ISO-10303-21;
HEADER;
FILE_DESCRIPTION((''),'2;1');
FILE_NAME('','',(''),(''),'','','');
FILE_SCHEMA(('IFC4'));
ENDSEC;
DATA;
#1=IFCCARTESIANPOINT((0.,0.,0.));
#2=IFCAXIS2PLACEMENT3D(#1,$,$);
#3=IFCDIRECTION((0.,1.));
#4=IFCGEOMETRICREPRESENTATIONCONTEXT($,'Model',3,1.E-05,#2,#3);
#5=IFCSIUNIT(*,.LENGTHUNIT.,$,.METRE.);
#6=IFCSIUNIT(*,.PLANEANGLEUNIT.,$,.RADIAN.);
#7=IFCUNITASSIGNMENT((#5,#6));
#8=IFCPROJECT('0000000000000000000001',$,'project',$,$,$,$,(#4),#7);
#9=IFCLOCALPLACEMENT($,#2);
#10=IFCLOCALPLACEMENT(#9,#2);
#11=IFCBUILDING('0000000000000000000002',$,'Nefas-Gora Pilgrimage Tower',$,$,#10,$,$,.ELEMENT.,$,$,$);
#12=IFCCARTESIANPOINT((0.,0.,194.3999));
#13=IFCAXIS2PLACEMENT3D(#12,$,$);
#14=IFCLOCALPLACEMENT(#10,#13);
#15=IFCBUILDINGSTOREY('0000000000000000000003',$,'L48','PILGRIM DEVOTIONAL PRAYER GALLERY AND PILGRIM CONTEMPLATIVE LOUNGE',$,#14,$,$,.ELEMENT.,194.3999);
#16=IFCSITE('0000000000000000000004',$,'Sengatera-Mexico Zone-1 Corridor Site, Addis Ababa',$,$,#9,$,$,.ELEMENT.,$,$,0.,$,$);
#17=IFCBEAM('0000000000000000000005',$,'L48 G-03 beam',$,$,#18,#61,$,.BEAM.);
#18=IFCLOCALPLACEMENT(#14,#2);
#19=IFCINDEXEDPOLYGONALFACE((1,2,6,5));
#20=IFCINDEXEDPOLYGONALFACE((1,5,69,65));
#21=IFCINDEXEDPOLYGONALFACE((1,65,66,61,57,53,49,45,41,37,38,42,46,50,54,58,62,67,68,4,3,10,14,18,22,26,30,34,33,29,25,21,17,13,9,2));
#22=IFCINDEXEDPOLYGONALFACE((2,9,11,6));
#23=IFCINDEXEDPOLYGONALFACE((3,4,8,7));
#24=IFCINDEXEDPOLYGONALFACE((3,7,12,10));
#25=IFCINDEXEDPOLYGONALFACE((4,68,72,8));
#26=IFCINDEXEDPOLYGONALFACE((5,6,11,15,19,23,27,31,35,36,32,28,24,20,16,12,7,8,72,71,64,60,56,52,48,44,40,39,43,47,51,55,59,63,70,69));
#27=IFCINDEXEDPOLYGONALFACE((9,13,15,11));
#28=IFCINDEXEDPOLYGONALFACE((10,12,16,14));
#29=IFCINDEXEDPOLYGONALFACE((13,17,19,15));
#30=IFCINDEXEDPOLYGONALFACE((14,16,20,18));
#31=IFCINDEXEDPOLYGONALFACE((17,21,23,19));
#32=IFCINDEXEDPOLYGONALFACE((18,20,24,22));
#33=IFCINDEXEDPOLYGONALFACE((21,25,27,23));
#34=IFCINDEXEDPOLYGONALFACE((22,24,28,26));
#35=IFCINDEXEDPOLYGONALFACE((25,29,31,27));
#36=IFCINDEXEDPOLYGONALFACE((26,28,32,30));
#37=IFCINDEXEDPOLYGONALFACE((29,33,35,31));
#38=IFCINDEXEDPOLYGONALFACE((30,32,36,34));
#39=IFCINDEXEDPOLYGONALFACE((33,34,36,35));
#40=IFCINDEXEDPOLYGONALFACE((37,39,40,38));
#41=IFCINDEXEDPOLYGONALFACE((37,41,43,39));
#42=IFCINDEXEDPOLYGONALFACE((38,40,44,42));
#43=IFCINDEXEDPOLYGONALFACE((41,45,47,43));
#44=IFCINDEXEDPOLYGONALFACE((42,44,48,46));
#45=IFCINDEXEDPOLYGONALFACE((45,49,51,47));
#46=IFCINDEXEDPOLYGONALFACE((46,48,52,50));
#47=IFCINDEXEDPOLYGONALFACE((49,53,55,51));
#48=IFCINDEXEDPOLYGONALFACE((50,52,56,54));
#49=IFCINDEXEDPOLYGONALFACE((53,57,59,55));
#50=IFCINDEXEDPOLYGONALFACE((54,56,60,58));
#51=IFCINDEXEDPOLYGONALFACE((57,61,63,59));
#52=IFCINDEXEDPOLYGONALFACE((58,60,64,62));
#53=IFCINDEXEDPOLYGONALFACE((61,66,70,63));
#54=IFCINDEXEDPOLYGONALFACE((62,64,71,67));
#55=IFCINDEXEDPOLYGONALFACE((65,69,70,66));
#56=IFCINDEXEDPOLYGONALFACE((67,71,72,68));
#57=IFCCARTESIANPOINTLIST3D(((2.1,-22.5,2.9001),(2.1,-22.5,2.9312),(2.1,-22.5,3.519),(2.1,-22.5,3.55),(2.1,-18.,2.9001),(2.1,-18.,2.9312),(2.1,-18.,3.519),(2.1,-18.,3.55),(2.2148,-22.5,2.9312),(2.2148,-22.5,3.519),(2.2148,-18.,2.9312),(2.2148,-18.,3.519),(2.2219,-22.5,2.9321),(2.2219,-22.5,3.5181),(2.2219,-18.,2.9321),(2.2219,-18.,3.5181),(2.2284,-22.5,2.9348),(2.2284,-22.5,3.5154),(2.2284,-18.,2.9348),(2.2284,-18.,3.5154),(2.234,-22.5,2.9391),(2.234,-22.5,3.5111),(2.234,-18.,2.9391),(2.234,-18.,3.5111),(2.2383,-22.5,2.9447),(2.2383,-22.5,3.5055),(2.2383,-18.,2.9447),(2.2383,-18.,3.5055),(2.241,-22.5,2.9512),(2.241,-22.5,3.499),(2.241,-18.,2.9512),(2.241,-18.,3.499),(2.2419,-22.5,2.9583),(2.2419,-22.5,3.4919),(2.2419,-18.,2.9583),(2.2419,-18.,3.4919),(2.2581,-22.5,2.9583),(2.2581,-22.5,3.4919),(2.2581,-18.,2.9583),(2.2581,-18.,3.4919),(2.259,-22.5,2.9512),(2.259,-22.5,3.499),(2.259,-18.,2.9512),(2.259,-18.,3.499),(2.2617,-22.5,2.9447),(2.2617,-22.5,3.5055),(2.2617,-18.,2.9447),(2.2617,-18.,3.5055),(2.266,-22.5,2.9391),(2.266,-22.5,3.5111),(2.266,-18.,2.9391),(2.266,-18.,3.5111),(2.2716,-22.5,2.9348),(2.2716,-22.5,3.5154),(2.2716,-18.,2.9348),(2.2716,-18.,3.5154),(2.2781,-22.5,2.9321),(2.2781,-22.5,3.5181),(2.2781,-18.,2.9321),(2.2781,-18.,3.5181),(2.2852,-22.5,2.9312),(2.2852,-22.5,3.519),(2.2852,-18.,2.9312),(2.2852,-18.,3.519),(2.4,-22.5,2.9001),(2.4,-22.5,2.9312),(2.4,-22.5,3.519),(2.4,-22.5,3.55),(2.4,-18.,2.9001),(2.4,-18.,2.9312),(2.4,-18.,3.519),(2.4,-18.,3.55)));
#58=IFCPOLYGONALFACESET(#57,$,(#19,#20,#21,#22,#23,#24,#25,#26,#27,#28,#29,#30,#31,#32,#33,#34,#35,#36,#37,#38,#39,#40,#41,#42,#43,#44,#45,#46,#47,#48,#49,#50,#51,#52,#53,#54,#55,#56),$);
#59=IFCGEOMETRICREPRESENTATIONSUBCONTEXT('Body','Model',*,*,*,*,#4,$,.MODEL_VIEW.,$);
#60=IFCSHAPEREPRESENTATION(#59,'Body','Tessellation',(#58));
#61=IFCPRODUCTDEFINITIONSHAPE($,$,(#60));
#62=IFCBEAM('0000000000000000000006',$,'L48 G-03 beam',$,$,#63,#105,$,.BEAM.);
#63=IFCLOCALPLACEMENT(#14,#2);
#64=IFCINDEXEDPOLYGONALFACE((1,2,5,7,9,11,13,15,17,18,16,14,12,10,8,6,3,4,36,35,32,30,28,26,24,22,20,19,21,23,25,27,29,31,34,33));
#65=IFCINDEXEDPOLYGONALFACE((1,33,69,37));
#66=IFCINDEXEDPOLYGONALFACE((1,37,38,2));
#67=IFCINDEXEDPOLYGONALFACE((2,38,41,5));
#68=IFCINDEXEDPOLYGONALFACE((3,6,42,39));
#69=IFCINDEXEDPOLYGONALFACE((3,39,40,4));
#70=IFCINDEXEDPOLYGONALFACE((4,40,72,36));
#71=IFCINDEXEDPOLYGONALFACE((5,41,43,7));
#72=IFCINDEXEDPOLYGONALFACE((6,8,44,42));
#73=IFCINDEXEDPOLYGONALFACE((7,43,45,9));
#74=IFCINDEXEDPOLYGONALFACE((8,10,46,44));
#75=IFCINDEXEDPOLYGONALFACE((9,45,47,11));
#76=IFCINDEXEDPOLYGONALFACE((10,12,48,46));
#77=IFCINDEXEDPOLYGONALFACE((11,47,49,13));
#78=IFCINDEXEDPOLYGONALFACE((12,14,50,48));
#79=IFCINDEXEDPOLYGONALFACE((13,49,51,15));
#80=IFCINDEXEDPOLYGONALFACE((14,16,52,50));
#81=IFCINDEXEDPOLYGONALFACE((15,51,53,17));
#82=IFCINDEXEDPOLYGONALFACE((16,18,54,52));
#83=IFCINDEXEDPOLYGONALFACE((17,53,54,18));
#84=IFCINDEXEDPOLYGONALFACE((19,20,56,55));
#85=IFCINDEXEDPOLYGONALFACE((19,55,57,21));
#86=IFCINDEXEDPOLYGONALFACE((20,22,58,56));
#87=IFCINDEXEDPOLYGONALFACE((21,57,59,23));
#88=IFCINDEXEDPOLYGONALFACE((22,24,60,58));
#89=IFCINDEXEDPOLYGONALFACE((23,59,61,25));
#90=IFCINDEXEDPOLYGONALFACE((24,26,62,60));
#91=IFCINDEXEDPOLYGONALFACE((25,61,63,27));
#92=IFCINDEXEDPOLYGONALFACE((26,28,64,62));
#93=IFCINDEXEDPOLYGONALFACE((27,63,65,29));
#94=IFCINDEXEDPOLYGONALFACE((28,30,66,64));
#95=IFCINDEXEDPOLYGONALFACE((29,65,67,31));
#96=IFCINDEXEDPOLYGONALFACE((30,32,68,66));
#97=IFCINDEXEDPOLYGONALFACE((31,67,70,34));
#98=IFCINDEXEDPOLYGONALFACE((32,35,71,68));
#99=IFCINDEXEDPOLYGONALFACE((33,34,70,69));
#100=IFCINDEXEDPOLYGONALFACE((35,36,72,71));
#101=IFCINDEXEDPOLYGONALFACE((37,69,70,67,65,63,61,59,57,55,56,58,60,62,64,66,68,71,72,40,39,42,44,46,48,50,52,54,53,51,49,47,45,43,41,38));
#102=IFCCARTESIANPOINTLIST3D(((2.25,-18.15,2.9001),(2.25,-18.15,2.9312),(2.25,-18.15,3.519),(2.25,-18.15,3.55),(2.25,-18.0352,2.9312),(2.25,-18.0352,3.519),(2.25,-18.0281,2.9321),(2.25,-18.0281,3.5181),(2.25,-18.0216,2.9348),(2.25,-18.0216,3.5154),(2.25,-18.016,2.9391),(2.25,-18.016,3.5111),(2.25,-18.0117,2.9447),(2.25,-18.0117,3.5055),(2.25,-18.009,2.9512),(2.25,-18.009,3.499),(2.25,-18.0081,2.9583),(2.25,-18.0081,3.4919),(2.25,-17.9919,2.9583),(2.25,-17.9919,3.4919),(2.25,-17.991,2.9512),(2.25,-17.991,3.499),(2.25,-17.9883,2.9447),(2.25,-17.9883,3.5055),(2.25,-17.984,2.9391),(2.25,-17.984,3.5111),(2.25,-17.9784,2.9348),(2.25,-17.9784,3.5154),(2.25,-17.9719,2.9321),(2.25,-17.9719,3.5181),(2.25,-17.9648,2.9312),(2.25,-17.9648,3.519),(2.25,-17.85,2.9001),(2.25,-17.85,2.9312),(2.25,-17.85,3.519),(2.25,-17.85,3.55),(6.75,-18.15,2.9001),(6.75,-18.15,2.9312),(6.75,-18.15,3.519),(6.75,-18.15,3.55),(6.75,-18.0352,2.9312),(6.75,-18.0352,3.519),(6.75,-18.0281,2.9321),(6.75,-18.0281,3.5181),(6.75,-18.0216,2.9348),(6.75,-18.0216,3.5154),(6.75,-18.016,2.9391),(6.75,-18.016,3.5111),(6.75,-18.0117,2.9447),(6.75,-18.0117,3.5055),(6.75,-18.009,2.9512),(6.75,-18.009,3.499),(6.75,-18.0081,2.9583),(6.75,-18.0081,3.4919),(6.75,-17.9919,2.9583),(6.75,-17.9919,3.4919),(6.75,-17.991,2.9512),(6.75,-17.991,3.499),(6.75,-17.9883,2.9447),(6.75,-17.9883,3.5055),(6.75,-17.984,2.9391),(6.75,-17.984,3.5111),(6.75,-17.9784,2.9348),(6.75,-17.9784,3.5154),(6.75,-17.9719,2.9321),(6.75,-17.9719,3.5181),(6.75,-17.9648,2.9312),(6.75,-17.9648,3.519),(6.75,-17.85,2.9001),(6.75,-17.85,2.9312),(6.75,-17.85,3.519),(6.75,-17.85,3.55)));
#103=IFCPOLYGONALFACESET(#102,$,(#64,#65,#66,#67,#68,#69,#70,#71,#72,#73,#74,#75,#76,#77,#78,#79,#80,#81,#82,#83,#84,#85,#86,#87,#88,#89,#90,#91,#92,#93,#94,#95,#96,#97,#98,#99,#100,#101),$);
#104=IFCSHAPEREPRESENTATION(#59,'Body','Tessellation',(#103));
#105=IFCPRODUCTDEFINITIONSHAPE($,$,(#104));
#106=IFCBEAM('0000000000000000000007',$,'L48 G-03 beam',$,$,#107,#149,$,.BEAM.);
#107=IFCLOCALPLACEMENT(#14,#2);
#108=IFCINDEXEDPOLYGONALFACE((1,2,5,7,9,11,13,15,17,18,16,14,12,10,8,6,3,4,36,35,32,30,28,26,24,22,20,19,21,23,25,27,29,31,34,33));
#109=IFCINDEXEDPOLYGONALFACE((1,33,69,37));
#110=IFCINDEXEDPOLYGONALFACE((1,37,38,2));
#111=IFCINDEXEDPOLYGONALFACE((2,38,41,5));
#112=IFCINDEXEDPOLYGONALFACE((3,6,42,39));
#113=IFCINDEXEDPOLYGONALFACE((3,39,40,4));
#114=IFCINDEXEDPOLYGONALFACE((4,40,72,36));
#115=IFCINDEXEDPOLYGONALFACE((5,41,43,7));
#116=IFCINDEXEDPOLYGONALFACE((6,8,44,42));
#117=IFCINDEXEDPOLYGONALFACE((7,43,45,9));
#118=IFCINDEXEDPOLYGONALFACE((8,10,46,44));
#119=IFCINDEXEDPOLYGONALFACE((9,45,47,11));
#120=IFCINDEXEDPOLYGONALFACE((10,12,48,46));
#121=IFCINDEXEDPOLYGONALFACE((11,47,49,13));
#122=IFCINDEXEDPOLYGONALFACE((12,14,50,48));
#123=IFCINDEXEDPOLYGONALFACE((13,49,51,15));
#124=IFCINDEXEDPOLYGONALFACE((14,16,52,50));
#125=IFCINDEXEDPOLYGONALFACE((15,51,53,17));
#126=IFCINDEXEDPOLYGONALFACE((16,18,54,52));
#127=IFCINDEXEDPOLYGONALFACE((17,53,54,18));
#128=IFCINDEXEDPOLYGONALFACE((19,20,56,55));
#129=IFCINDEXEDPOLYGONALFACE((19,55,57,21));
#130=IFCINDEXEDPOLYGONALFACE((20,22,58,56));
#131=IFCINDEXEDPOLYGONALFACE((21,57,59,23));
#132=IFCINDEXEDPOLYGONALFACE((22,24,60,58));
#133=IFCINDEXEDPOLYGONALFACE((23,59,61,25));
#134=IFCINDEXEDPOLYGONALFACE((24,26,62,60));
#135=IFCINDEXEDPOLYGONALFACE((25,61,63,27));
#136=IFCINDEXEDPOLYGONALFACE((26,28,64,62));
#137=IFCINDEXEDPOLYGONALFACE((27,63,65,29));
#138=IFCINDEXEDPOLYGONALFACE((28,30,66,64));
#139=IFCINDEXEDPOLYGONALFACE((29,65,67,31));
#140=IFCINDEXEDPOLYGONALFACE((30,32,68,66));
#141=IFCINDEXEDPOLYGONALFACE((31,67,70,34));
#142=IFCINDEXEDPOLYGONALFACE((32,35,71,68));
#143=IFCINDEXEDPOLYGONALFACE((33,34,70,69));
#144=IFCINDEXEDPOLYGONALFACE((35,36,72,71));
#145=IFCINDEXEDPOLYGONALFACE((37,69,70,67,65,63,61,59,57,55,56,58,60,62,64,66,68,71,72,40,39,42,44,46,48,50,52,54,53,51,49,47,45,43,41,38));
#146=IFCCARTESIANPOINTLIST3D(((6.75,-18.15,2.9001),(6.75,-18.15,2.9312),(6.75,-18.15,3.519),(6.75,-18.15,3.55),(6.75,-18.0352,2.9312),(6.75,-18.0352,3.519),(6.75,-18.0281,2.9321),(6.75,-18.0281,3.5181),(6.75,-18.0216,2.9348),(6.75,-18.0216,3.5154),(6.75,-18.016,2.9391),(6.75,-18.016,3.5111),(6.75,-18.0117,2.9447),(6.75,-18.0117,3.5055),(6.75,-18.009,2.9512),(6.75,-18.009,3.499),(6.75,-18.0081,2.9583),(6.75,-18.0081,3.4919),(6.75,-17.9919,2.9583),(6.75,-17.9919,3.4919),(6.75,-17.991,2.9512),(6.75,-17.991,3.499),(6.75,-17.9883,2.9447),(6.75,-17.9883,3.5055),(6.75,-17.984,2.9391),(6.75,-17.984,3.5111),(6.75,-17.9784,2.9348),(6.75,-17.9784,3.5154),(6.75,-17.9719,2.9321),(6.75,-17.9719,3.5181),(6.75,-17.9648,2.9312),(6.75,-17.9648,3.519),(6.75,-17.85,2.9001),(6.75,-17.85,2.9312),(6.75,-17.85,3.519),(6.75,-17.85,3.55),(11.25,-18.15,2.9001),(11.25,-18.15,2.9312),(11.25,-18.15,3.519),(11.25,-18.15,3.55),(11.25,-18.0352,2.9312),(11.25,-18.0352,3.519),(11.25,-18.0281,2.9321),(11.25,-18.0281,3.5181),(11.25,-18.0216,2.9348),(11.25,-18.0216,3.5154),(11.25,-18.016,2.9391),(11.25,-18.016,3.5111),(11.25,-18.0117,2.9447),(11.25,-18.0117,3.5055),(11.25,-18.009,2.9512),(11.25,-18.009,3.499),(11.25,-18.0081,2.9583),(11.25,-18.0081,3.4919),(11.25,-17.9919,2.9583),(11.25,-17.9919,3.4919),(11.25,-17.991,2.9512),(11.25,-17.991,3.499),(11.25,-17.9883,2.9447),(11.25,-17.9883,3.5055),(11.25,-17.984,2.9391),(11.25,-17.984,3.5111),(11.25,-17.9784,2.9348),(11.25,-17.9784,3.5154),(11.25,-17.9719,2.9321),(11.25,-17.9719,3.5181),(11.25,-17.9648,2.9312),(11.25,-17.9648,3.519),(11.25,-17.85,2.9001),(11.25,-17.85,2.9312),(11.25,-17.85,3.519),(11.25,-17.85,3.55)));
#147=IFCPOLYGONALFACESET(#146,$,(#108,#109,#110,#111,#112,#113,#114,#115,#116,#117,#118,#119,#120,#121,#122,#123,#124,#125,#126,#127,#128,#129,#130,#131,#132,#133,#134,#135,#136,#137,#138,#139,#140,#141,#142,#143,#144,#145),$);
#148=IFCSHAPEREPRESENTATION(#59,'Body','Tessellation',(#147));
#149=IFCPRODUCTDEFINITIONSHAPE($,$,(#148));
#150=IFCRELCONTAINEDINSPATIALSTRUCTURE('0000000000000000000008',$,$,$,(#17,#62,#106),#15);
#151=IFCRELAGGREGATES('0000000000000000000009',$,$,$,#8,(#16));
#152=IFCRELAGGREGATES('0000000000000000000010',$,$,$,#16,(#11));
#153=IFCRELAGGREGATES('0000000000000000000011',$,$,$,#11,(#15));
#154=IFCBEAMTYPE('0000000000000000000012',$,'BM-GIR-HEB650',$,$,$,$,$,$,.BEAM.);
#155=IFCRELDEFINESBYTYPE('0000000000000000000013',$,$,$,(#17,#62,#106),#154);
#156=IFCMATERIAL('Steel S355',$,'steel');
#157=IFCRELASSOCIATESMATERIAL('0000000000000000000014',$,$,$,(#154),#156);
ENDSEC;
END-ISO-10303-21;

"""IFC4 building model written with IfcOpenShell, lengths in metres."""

from ifc_helpers import new_model, si_unit, direction, frame, origin, origin_2d, place, context, subcontext, project, spatial, i_section, extrude, source, transform, mapped, material, material_profile, profile_set, type_object, element, save


model = new_model("IFC4")

# Units and contexts
model_context = context("Model", 3, precision=1e-05, world=origin(), true_north=direction((0.0, 1.0)))
body_context = subcontext(model_context, "Body", "Model", "MODEL_VIEW")
ifc_project = project(units=[si_unit("LENGTHUNIT", "METRE"), si_unit("PLANEANGLEUNIT", "RADIAN")], contexts=[model_context])

# Site, building, storey
site_placement = place(None, origin())
site = spatial("IfcSite", under=ifc_project, at=site_placement, Name="Sengatera-Mexico Zone-1 Corridor Site, Addis Ababa", CompositionType="ELEMENT", RefElevation=0.0)
building_placement = place(site_placement, origin())
building = spatial("IfcBuilding", under=site, at=building_placement, Name="Nefas-Gora Pilgrimage Tower", CompositionType="ELEMENT")
storey_placement = place(building_placement, frame((0.0, 0.0, 194.3999)))
storey = spatial("IfcBuildingStorey", under=building, at=storey_placement, Name="L48", Description="PILGRIM DEVOTIONAL PRAYER GALLERY AND PILGRIM CONTEMPLATIVE LOUNGE", CompositionType="ELEMENT", Elevation=194.3999)

# Beams
ifc_material_1 = material(Name="Steel S355", Category="steel")
ifc_material_profile_1 = material_profile(ifc_material_1, i_section(OverallWidth=0.3, OverallDepth=0.6499, WebThickness=0.0161, FlangeThickness=0.031, FilletRadius=0.0271, at=origin_2d()), Name="HEB 650")
ifc_profile_set_1 = profile_set([ifc_material_profile_1], Name="Steel S355")
beam_type_1 = type_object("IfcBeamType", Name="BM-GIR-HEB650", PredefinedType="BEAM", material=ifc_profile_set_1)
shared_shape_1 = source(origin(), body_context, "Body", "SweptSolid", [
    extrude(i_section(OverallWidth=0.3, OverallDepth=0.6499, WebThickness=0.0161, FlangeThickness=0.031, FilletRadius=0.0271, at=origin_2d()), origin(), (0.0, 0.0, 1.0), 4.5),
])
for number, where, z_axis, x_axis, name in (
    (1, (2.25, -22.5, 3.2251), (0.0, 1.0, 0.0), (-1.0, 0.0, 0.0), "L48 G-03 beam"),
    (2, (2.25, -18.0, 3.2251), (1.0, 0.0, 0.0), (0.0, 1.0, 0.0), "L48 G-03 beam"),
    (3, (6.75, -18.0, 3.2251), (1.0, 0.0, 0.0), (0.0, 1.0, 0.0), "L48 G-03 beam"),
):
    element("IfcBeam", number, at=place(storey_placement, frame(where, z_axis=z_axis, x_axis=x_axis)), inside=storey, type_object=beam_type_1, Name=name, PredefinedType="BEAM", context=body_context, shape_type="MappedRepresentation", body=[
        mapped(shared_shape_1, transform((0.0, 0.0, 0.0), x_axis=(1.0, 0.0, 0.0), y_axis=(0.0, 1.0, 0.0), z_axis=(0.0, 0.0, 1.0), scale=1.0)),
    ])

save(model, "model.ifc")
